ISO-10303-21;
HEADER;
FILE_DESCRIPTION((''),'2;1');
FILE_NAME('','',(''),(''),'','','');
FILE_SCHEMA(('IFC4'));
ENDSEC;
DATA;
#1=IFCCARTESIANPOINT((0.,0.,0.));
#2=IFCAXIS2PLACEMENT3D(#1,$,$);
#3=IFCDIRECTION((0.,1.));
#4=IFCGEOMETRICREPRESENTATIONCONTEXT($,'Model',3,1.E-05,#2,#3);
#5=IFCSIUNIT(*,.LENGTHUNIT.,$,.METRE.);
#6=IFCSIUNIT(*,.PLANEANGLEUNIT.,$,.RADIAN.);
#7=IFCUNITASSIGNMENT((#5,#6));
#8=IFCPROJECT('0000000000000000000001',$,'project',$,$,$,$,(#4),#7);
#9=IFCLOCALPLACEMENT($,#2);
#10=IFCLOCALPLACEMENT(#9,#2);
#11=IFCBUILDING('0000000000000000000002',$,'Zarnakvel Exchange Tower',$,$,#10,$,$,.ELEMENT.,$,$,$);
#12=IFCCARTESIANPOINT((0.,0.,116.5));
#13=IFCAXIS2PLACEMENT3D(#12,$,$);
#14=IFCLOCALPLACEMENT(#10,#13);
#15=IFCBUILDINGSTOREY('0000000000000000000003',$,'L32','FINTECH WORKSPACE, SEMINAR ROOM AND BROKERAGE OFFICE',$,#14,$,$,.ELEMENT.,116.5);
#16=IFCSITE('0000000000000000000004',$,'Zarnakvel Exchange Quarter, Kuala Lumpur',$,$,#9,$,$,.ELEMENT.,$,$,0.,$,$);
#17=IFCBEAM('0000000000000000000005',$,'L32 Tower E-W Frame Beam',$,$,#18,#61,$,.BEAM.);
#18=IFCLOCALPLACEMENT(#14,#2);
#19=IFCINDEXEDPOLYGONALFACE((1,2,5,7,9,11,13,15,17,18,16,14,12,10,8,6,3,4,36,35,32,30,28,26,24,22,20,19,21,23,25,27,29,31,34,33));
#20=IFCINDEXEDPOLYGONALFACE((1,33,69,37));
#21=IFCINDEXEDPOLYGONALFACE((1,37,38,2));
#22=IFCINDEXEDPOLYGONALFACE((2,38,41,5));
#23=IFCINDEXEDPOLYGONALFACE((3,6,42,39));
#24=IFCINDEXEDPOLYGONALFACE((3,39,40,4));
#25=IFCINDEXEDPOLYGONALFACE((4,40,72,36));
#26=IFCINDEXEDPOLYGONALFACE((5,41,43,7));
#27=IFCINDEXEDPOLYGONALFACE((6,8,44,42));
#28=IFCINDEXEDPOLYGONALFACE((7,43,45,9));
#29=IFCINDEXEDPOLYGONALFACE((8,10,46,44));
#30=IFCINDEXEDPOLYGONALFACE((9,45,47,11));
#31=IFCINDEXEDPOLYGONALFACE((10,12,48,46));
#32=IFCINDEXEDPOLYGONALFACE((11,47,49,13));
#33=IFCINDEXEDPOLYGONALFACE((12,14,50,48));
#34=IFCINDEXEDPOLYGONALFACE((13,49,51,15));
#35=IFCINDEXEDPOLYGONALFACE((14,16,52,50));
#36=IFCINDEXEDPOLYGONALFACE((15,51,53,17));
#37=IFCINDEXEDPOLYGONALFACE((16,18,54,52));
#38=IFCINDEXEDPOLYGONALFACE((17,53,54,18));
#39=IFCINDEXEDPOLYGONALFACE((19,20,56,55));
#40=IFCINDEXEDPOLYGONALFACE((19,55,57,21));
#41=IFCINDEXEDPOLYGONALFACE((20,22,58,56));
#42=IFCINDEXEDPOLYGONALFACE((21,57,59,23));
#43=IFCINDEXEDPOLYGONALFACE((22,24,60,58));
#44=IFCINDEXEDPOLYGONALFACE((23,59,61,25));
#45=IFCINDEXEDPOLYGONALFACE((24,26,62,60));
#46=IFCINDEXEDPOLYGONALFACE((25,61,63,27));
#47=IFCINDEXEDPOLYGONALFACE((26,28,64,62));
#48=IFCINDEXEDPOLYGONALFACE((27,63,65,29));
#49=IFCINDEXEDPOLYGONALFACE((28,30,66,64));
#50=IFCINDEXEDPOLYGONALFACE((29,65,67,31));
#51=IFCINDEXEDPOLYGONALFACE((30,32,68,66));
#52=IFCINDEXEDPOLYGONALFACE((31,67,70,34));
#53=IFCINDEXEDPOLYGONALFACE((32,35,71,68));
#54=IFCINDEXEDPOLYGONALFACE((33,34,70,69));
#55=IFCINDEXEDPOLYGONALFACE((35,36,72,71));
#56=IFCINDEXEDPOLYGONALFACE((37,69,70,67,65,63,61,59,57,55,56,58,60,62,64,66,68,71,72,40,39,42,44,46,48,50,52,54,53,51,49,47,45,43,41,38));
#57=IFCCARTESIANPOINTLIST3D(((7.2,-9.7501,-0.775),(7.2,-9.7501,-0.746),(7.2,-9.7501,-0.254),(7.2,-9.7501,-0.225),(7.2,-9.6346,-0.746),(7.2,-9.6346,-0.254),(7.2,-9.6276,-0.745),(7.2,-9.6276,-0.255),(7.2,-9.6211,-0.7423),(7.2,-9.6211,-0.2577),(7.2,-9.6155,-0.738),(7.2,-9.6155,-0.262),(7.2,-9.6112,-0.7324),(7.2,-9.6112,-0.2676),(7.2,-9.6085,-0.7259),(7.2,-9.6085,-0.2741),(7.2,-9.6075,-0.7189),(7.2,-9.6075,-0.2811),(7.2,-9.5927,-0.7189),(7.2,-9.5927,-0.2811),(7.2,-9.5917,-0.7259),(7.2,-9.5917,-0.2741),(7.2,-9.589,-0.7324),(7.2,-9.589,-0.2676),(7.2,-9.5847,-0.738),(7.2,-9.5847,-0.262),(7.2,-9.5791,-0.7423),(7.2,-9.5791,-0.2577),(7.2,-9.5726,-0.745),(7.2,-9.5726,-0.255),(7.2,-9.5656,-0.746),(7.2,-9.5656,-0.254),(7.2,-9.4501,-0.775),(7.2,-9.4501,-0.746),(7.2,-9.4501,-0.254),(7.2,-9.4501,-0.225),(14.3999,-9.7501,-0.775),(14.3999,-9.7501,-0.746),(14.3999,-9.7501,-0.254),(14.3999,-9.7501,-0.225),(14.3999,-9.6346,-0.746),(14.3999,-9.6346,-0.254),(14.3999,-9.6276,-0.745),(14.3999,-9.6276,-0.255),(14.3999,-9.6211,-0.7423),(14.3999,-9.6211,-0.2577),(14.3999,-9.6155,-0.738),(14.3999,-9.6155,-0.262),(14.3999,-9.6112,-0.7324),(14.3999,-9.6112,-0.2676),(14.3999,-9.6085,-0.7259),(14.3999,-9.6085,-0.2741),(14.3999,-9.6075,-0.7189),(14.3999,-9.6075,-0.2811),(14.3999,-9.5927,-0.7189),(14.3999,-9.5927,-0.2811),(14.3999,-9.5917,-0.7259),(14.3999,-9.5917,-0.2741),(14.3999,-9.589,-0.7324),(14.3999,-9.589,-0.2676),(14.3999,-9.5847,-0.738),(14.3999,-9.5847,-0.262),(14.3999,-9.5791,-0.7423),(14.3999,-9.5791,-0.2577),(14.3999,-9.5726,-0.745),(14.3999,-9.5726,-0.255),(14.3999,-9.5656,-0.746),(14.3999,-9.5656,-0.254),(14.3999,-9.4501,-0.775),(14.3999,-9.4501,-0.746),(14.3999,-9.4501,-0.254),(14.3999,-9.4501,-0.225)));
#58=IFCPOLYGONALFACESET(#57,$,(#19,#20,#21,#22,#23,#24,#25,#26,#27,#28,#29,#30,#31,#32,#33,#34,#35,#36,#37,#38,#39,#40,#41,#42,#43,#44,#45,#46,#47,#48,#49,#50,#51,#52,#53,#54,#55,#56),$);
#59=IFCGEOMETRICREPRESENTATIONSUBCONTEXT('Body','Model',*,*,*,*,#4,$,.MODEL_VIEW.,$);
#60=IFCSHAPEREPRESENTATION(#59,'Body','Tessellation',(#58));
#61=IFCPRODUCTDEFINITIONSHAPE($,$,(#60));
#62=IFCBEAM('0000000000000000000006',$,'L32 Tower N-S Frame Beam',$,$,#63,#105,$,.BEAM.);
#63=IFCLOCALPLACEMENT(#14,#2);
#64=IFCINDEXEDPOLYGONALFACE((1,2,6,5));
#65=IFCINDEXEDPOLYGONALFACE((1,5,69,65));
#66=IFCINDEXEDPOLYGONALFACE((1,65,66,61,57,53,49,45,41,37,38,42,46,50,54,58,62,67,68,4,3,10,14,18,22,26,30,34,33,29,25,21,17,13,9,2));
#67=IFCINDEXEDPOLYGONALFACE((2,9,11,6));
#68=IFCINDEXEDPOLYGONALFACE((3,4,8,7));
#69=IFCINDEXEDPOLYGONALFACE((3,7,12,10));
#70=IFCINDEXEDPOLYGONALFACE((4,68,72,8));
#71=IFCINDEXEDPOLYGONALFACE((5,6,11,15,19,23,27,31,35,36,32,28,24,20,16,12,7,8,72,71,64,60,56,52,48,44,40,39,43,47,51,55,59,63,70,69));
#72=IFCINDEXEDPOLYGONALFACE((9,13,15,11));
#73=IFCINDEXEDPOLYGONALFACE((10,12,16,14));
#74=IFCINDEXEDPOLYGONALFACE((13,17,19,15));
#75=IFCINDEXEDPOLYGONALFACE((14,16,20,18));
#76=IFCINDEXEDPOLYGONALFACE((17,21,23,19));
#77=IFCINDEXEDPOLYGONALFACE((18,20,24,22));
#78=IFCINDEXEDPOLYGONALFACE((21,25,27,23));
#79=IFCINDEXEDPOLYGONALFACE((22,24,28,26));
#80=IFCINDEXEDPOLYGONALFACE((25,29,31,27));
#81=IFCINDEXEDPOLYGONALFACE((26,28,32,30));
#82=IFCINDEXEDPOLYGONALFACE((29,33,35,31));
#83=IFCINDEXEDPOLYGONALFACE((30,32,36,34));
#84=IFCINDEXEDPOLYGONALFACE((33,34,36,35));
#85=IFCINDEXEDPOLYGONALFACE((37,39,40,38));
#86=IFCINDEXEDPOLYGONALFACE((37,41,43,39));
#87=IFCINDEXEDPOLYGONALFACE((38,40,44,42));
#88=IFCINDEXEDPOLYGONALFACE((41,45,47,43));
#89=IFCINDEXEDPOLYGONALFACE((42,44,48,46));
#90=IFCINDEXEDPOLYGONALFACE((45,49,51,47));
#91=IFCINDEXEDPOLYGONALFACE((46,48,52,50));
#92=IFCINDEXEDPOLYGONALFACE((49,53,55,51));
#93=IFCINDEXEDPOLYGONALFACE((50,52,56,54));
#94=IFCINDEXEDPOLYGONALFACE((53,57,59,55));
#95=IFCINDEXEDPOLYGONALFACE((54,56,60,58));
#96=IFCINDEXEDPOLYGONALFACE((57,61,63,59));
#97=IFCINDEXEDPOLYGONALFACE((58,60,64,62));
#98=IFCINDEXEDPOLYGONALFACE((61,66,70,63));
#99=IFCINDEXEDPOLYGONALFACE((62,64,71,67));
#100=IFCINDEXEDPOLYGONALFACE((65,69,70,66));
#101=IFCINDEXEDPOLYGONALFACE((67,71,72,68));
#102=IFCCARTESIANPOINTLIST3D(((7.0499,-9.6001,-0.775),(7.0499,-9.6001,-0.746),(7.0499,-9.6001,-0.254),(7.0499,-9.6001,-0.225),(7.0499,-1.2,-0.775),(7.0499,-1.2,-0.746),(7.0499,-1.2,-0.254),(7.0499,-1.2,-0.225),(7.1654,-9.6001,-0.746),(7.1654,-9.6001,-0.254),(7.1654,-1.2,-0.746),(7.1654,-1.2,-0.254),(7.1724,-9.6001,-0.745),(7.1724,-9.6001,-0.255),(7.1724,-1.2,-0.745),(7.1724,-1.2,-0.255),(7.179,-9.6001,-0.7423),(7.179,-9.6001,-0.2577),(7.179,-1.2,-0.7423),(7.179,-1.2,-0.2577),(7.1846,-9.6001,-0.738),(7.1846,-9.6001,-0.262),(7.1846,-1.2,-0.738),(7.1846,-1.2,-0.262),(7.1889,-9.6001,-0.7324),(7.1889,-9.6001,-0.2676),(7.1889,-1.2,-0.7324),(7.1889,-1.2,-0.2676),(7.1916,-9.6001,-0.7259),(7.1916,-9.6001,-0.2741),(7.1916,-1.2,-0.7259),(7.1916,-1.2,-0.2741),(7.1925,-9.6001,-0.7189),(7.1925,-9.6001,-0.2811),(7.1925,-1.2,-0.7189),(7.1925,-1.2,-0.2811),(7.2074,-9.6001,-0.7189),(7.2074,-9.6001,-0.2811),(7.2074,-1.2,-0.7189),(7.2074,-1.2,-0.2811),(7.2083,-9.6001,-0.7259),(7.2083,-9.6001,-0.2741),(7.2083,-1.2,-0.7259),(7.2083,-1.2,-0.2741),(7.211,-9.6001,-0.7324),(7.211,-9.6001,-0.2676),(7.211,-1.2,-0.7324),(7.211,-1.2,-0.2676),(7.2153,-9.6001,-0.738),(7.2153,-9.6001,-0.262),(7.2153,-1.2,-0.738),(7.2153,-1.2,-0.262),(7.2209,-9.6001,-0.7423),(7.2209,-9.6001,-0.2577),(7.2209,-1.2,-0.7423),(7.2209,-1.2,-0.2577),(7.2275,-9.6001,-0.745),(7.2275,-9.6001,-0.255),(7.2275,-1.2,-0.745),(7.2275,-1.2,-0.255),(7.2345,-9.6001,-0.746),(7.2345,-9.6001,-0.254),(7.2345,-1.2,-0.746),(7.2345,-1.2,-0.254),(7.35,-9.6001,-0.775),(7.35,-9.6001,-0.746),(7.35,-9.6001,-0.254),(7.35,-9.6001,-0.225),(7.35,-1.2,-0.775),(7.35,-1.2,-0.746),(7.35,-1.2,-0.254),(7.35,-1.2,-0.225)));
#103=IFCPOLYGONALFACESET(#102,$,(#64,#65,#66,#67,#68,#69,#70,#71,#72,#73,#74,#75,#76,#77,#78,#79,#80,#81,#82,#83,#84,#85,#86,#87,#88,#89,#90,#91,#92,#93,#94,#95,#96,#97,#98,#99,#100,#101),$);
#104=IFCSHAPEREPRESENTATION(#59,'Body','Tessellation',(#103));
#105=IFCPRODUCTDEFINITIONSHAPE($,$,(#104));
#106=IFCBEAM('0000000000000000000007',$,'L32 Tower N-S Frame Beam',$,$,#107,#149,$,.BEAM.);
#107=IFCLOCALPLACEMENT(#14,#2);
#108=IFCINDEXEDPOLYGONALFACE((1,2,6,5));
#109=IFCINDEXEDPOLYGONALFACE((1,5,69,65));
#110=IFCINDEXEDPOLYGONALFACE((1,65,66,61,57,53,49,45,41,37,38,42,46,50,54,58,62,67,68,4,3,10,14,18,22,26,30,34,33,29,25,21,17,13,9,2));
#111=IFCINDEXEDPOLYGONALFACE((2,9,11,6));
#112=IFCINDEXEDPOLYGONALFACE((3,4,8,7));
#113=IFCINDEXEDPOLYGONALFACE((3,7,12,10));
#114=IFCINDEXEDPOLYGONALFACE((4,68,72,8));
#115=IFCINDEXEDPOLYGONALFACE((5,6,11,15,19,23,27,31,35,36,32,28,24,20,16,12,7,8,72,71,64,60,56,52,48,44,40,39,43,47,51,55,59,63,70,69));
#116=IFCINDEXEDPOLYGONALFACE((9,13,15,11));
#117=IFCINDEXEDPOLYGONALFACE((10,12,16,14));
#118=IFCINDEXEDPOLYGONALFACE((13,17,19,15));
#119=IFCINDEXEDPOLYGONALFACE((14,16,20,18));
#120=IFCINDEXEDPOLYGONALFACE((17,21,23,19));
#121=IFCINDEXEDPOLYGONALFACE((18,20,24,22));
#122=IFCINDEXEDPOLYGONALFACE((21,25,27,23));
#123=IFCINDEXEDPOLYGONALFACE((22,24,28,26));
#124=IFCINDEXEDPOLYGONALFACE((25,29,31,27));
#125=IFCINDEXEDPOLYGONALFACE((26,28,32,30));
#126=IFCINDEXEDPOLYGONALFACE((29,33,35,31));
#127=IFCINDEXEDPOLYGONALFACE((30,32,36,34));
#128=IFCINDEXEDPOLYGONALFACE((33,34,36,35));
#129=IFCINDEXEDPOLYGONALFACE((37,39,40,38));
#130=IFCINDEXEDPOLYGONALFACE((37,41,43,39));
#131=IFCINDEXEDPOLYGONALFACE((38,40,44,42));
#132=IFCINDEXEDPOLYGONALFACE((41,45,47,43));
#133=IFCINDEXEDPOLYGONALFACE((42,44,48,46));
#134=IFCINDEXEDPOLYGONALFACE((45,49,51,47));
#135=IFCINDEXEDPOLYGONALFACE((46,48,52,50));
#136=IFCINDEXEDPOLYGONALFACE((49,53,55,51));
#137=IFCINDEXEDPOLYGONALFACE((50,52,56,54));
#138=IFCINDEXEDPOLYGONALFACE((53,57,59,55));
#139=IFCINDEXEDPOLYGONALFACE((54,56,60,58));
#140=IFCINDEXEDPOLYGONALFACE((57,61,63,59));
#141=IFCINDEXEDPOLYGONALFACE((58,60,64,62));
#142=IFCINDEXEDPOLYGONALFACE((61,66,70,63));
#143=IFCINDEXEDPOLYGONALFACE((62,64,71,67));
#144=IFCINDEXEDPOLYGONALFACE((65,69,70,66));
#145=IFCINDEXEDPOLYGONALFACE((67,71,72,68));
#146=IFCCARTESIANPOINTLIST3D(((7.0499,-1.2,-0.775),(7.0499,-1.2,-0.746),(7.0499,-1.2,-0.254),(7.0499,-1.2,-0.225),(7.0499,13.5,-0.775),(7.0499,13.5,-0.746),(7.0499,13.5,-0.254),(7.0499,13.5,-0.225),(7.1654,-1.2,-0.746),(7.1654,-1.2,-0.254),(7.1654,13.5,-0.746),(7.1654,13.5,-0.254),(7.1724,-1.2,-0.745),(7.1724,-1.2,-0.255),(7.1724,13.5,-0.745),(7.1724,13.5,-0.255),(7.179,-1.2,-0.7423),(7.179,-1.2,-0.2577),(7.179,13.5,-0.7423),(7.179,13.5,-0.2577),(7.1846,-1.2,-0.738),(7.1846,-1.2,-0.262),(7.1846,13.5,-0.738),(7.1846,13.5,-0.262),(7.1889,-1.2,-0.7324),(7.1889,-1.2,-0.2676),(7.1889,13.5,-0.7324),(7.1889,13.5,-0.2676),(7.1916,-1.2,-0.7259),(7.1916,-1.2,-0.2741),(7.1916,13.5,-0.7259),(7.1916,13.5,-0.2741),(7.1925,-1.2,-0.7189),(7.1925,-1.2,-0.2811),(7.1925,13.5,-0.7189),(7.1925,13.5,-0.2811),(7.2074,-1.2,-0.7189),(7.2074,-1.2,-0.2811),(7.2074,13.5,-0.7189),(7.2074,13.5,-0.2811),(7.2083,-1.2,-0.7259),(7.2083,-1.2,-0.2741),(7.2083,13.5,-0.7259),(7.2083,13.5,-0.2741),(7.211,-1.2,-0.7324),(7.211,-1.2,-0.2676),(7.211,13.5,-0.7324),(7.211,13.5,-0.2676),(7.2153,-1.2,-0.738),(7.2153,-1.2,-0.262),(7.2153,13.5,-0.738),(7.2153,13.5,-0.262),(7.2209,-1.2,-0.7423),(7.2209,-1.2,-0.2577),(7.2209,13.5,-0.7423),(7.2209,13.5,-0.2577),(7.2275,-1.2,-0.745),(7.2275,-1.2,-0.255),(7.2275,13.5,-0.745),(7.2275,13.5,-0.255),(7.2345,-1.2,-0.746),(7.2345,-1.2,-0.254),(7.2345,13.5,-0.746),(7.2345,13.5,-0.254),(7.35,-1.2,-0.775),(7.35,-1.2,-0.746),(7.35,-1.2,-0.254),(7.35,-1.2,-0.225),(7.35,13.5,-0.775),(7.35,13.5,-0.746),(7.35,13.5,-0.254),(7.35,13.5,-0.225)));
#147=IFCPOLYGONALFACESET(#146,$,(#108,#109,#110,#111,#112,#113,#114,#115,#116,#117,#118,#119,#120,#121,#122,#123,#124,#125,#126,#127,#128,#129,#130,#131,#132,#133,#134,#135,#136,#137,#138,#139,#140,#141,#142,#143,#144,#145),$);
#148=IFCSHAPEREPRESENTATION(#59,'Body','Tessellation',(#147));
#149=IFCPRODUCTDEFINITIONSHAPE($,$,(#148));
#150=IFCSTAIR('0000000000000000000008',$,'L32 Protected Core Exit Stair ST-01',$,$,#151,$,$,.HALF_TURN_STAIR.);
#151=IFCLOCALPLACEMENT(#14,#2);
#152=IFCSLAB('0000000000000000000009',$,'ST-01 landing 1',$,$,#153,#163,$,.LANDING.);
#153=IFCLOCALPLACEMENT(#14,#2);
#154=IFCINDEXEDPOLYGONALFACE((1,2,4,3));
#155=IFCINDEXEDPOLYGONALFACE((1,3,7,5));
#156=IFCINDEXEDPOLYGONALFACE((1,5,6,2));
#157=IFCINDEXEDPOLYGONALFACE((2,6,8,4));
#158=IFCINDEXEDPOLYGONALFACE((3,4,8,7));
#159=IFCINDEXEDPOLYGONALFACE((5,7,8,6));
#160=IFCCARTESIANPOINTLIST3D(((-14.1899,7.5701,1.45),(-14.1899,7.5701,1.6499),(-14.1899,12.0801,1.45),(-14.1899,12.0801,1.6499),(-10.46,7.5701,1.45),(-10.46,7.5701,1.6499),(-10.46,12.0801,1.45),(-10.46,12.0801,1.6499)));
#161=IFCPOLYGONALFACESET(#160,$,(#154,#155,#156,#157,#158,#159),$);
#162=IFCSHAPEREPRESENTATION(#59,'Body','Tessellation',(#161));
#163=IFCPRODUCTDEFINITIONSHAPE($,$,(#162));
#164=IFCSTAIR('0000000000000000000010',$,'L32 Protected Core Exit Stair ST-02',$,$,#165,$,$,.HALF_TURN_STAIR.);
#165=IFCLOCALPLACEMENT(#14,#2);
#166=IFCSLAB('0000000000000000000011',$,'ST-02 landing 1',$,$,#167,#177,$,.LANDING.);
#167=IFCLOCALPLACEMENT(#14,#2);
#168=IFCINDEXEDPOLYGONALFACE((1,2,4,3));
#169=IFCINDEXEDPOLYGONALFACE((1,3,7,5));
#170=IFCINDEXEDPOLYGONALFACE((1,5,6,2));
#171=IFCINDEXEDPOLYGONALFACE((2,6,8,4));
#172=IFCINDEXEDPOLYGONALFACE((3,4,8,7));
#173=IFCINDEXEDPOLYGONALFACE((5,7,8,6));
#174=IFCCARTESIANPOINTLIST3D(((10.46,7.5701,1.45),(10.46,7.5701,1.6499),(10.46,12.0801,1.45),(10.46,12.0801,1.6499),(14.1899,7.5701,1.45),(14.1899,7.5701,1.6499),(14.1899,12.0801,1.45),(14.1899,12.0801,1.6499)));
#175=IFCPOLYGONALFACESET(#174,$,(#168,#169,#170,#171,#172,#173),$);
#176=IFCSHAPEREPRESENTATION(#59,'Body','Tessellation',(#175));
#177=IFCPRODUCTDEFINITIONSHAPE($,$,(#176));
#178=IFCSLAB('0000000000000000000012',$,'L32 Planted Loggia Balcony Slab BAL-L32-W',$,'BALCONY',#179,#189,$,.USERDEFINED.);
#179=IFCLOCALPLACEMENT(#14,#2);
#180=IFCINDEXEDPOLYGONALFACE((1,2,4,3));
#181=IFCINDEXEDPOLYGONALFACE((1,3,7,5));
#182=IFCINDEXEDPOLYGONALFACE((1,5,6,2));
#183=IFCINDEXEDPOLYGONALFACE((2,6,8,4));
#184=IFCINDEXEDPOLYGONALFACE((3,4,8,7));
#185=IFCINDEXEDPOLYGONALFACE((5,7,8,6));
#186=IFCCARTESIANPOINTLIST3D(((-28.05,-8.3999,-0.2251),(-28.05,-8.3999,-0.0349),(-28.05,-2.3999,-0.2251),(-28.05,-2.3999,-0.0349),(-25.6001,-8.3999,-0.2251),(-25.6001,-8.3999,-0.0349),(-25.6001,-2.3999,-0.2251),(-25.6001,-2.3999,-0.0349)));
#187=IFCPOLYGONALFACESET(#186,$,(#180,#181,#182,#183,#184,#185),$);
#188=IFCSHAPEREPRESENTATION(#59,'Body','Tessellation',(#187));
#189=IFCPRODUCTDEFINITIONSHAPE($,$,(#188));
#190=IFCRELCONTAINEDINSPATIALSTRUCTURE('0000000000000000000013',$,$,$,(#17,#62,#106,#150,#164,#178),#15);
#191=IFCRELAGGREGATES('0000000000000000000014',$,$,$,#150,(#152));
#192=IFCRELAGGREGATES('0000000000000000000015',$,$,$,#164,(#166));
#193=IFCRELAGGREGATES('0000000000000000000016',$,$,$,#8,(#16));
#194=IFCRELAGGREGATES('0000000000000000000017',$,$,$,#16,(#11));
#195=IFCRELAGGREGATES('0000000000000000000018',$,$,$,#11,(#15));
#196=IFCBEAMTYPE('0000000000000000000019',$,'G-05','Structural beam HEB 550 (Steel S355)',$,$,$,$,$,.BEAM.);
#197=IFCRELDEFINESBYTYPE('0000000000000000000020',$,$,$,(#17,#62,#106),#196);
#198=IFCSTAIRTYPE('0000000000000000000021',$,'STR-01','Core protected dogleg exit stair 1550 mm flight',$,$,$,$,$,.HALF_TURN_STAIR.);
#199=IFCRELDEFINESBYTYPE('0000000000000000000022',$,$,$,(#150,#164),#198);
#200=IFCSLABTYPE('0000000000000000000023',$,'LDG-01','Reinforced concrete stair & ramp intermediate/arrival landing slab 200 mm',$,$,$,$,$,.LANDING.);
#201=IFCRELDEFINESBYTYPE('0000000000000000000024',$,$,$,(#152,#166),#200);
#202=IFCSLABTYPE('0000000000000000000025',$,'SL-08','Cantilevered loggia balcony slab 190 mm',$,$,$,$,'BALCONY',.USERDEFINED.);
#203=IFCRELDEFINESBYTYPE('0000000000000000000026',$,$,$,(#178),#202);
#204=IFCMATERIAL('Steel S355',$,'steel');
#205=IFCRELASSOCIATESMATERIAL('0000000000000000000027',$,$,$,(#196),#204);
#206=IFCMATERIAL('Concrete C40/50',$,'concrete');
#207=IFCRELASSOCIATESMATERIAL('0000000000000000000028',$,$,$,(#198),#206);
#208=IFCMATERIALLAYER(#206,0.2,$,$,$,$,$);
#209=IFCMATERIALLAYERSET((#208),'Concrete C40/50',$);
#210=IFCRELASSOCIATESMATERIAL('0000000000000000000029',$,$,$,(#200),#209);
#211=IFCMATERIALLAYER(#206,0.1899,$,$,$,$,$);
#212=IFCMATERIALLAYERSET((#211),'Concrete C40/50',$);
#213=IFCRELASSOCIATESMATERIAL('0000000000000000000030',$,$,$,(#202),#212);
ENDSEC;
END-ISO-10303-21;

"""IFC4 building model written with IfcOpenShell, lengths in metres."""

from ifc_helpers import new_model, si_unit, direction, frame, origin, origin_2d, place, context, subcontext, project, spatial, polyline, i_section, outline, extrude, material, layer, layer_set, material_profile, profile_set, type_object, element, aggregate, save


model = new_model("IFC4")

# Units and contexts
model_context = context("Model", 3, precision=1e-05, world=origin(), true_north=direction((0.0, 1.0)))
body_context = subcontext(model_context, "Body", "Model", "MODEL_VIEW")
ifc_project = project(units=[si_unit("LENGTHUNIT", "METRE"), si_unit("PLANEANGLEUNIT", "RADIAN")], contexts=[model_context])

# Site, building, storey
site_placement = place(None, origin())
site = spatial("IfcSite", under=ifc_project, at=site_placement, Name="Zarnakvel Exchange Quarter, Kuala Lumpur", CompositionType="ELEMENT", RefElevation=0.0)
building_placement = place(site_placement, origin())
building = spatial("IfcBuilding", under=site, at=building_placement, Name="Zarnakvel Exchange Tower", CompositionType="ELEMENT")
storey_placement = place(building_placement, frame((0.0, 0.0, 116.5)))
storey = spatial("IfcBuildingStorey", under=building, at=storey_placement, Name="L32", Description="FINTECH WORKSPACE, SEMINAR ROOM AND BROKERAGE OFFICE", CompositionType="ELEMENT", Elevation=116.5)

# Beams
ifc_material_1 = material(Name="Steel S355", Category="steel")
ifc_material_profile_1 = material_profile(ifc_material_1, i_section(OverallWidth=0.3, OverallDepth=0.55, WebThickness=0.0149, FlangeThickness=0.0291, FilletRadius=0.0271, at=origin_2d()))
ifc_profile_set_1 = profile_set([ifc_material_profile_1], Name="Steel S355")
beam_type_1 = type_object("IfcBeamType", Name="G-05", Description="Structural beam HEB 550 (Steel S355)", PredefinedType="BEAM", material=ifc_profile_set_1)
beam_1_placement = place(storey_placement, frame((7.2, -9.6001, -0.5), z_axis=(1.0, 0.0, 0.0), x_axis=(0.0, 1.0, 0.0)))
element("IfcBeam", 1, at=beam_1_placement, inside=storey, type_object=beam_type_1, Name="L32 Tower E-W Frame Beam", PredefinedType="BEAM", context=body_context, shape_type="SweptSolid", body=[
    extrude(i_section(OverallWidth=0.3, OverallDepth=0.55, WebThickness=0.0149, FlangeThickness=0.0291, FilletRadius=0.0271, at=origin_2d()), origin(), (0.0, 0.0, 1.0), 7.2),
])
beam_2_placement = place(storey_placement, frame((7.2, -9.6001, -0.5), z_axis=(0.0, 1.0, 0.0), x_axis=(-1.0, 0.0, 0.0)))
element("IfcBeam", 2, at=beam_2_placement, inside=storey, type_object=beam_type_1, Name="L32 Tower N-S Frame Beam", PredefinedType="BEAM", context=body_context, shape_type="SweptSolid", body=[
    extrude(i_section(OverallWidth=0.3, OverallDepth=0.55, WebThickness=0.0149, FlangeThickness=0.0291, FilletRadius=0.0271, at=origin_2d()), origin(), (0.0, 0.0, 1.0), 8.4001),
])
beam_3_placement = place(storey_placement, frame((7.2, -1.2, -0.5), z_axis=(0.0, 1.0, 0.0), x_axis=(-1.0, 0.0, 0.0)))
element("IfcBeam", 3, at=beam_3_placement, inside=storey, type_object=beam_type_1, Name="L32 Tower N-S Frame Beam", PredefinedType="BEAM", context=body_context, shape_type="SweptSolid", body=[
    extrude(i_section(OverallWidth=0.3, OverallDepth=0.55, WebThickness=0.0149, FlangeThickness=0.0291, FilletRadius=0.0271, at=origin_2d()), origin(), (0.0, 0.0, 1.0), 14.7),
])

# Stairs, slabs
ifc_material_2 = material(Name="Concrete C40/50", Category="concrete")
stair_type = type_object("IfcStairType", Name="STR-01", Description="Core protected dogleg exit stair 1550 mm flight", PredefinedType="HALF_TURN_STAIR", material=ifc_material_2)
stair_1_placement = place(storey_placement, origin())
stair_1 = element("IfcStair", 4, at=stair_1_placement, inside=storey, type_object=stair_type, Name="L32 Protected Core Exit Stair ST-01", PredefinedType="HALF_TURN_STAIR")
ifc_layer_1 = layer(ifc_material_2, 0.2)
ifc_layer_set_1 = layer_set([ifc_layer_1], Name="Concrete C40/50")
slab_type_1 = type_object("IfcSlabType", Name="LDG-01", Description="Reinforced concrete stair & ramp intermediate/arrival landing slab 200 mm", PredefinedType="LANDING", material=ifc_layer_set_1)
slab_1_placement = place(storey_placement, frame((0.0, 0.0, 1.45)))
slab_1 = element("IfcSlab", 5, at=slab_1_placement, type_object=slab_type_1, Name="ST-01 landing 1", PredefinedType="LANDING", context=body_context, shape_type="SweptSolid", body=[
    extrude(outline(polyline([(-14.1899, 7.5701), (-10.46, 7.5701), (-10.46, 12.0801), (-14.1899, 12.0801), (-14.1899, 7.5701)])), origin(), (0.0, 0.0, 1.0), 0.2),
])
aggregate(stair_1, [slab_1])
stair_2_placement = place(storey_placement, origin())
stair_2 = element("IfcStair", 6, at=stair_2_placement, inside=storey, type_object=stair_type, Name="L32 Protected Core Exit Stair ST-02", PredefinedType="HALF_TURN_STAIR")
slab_2_placement = place(storey_placement, frame((0.0, 0.0, 1.45)))
slab_2 = element("IfcSlab", 7, at=slab_2_placement, type_object=slab_type_1, Name="ST-02 landing 1", PredefinedType="LANDING", context=body_context, shape_type="SweptSolid", body=[
    extrude(outline(polyline([(10.46, 7.5701), (14.1899, 7.5701), (14.1899, 12.0801), (10.46, 12.0801), (10.46, 7.5701)])), origin(), (0.0, 0.0, 1.0), 0.2),
])
aggregate(stair_2, [slab_2])

# Slab
ifc_layer_2 = layer(ifc_material_2, 0.1899)
ifc_layer_set_2 = layer_set([ifc_layer_2], Name="Concrete C40/50")
slab_type_2 = type_object("IfcSlabType", Name="SL-08", Description="Cantilevered loggia balcony slab 190 mm", ElementType="BALCONY", PredefinedType="USERDEFINED", material=ifc_layer_set_2)
slab_3_placement = place(storey_placement, frame((0.0, 0.0, -0.2251)))
element("IfcSlab", 8, at=slab_3_placement, inside=storey, type_object=slab_type_2, Name="L32 Planted Loggia Balcony Slab BAL-L32-W", ObjectType="BALCONY", PredefinedType="USERDEFINED", context=body_context, shape_type="SweptSolid", body=[
    extrude(outline(polyline([(-28.05, -8.3999), (-25.6001, -8.3999), (-25.6001, -2.3999), (-28.05, -2.3999), (-28.05, -8.3999)])), origin(), (0.0, 0.0, 1.0), 0.1902),
])

save(model, "model.ifc")
